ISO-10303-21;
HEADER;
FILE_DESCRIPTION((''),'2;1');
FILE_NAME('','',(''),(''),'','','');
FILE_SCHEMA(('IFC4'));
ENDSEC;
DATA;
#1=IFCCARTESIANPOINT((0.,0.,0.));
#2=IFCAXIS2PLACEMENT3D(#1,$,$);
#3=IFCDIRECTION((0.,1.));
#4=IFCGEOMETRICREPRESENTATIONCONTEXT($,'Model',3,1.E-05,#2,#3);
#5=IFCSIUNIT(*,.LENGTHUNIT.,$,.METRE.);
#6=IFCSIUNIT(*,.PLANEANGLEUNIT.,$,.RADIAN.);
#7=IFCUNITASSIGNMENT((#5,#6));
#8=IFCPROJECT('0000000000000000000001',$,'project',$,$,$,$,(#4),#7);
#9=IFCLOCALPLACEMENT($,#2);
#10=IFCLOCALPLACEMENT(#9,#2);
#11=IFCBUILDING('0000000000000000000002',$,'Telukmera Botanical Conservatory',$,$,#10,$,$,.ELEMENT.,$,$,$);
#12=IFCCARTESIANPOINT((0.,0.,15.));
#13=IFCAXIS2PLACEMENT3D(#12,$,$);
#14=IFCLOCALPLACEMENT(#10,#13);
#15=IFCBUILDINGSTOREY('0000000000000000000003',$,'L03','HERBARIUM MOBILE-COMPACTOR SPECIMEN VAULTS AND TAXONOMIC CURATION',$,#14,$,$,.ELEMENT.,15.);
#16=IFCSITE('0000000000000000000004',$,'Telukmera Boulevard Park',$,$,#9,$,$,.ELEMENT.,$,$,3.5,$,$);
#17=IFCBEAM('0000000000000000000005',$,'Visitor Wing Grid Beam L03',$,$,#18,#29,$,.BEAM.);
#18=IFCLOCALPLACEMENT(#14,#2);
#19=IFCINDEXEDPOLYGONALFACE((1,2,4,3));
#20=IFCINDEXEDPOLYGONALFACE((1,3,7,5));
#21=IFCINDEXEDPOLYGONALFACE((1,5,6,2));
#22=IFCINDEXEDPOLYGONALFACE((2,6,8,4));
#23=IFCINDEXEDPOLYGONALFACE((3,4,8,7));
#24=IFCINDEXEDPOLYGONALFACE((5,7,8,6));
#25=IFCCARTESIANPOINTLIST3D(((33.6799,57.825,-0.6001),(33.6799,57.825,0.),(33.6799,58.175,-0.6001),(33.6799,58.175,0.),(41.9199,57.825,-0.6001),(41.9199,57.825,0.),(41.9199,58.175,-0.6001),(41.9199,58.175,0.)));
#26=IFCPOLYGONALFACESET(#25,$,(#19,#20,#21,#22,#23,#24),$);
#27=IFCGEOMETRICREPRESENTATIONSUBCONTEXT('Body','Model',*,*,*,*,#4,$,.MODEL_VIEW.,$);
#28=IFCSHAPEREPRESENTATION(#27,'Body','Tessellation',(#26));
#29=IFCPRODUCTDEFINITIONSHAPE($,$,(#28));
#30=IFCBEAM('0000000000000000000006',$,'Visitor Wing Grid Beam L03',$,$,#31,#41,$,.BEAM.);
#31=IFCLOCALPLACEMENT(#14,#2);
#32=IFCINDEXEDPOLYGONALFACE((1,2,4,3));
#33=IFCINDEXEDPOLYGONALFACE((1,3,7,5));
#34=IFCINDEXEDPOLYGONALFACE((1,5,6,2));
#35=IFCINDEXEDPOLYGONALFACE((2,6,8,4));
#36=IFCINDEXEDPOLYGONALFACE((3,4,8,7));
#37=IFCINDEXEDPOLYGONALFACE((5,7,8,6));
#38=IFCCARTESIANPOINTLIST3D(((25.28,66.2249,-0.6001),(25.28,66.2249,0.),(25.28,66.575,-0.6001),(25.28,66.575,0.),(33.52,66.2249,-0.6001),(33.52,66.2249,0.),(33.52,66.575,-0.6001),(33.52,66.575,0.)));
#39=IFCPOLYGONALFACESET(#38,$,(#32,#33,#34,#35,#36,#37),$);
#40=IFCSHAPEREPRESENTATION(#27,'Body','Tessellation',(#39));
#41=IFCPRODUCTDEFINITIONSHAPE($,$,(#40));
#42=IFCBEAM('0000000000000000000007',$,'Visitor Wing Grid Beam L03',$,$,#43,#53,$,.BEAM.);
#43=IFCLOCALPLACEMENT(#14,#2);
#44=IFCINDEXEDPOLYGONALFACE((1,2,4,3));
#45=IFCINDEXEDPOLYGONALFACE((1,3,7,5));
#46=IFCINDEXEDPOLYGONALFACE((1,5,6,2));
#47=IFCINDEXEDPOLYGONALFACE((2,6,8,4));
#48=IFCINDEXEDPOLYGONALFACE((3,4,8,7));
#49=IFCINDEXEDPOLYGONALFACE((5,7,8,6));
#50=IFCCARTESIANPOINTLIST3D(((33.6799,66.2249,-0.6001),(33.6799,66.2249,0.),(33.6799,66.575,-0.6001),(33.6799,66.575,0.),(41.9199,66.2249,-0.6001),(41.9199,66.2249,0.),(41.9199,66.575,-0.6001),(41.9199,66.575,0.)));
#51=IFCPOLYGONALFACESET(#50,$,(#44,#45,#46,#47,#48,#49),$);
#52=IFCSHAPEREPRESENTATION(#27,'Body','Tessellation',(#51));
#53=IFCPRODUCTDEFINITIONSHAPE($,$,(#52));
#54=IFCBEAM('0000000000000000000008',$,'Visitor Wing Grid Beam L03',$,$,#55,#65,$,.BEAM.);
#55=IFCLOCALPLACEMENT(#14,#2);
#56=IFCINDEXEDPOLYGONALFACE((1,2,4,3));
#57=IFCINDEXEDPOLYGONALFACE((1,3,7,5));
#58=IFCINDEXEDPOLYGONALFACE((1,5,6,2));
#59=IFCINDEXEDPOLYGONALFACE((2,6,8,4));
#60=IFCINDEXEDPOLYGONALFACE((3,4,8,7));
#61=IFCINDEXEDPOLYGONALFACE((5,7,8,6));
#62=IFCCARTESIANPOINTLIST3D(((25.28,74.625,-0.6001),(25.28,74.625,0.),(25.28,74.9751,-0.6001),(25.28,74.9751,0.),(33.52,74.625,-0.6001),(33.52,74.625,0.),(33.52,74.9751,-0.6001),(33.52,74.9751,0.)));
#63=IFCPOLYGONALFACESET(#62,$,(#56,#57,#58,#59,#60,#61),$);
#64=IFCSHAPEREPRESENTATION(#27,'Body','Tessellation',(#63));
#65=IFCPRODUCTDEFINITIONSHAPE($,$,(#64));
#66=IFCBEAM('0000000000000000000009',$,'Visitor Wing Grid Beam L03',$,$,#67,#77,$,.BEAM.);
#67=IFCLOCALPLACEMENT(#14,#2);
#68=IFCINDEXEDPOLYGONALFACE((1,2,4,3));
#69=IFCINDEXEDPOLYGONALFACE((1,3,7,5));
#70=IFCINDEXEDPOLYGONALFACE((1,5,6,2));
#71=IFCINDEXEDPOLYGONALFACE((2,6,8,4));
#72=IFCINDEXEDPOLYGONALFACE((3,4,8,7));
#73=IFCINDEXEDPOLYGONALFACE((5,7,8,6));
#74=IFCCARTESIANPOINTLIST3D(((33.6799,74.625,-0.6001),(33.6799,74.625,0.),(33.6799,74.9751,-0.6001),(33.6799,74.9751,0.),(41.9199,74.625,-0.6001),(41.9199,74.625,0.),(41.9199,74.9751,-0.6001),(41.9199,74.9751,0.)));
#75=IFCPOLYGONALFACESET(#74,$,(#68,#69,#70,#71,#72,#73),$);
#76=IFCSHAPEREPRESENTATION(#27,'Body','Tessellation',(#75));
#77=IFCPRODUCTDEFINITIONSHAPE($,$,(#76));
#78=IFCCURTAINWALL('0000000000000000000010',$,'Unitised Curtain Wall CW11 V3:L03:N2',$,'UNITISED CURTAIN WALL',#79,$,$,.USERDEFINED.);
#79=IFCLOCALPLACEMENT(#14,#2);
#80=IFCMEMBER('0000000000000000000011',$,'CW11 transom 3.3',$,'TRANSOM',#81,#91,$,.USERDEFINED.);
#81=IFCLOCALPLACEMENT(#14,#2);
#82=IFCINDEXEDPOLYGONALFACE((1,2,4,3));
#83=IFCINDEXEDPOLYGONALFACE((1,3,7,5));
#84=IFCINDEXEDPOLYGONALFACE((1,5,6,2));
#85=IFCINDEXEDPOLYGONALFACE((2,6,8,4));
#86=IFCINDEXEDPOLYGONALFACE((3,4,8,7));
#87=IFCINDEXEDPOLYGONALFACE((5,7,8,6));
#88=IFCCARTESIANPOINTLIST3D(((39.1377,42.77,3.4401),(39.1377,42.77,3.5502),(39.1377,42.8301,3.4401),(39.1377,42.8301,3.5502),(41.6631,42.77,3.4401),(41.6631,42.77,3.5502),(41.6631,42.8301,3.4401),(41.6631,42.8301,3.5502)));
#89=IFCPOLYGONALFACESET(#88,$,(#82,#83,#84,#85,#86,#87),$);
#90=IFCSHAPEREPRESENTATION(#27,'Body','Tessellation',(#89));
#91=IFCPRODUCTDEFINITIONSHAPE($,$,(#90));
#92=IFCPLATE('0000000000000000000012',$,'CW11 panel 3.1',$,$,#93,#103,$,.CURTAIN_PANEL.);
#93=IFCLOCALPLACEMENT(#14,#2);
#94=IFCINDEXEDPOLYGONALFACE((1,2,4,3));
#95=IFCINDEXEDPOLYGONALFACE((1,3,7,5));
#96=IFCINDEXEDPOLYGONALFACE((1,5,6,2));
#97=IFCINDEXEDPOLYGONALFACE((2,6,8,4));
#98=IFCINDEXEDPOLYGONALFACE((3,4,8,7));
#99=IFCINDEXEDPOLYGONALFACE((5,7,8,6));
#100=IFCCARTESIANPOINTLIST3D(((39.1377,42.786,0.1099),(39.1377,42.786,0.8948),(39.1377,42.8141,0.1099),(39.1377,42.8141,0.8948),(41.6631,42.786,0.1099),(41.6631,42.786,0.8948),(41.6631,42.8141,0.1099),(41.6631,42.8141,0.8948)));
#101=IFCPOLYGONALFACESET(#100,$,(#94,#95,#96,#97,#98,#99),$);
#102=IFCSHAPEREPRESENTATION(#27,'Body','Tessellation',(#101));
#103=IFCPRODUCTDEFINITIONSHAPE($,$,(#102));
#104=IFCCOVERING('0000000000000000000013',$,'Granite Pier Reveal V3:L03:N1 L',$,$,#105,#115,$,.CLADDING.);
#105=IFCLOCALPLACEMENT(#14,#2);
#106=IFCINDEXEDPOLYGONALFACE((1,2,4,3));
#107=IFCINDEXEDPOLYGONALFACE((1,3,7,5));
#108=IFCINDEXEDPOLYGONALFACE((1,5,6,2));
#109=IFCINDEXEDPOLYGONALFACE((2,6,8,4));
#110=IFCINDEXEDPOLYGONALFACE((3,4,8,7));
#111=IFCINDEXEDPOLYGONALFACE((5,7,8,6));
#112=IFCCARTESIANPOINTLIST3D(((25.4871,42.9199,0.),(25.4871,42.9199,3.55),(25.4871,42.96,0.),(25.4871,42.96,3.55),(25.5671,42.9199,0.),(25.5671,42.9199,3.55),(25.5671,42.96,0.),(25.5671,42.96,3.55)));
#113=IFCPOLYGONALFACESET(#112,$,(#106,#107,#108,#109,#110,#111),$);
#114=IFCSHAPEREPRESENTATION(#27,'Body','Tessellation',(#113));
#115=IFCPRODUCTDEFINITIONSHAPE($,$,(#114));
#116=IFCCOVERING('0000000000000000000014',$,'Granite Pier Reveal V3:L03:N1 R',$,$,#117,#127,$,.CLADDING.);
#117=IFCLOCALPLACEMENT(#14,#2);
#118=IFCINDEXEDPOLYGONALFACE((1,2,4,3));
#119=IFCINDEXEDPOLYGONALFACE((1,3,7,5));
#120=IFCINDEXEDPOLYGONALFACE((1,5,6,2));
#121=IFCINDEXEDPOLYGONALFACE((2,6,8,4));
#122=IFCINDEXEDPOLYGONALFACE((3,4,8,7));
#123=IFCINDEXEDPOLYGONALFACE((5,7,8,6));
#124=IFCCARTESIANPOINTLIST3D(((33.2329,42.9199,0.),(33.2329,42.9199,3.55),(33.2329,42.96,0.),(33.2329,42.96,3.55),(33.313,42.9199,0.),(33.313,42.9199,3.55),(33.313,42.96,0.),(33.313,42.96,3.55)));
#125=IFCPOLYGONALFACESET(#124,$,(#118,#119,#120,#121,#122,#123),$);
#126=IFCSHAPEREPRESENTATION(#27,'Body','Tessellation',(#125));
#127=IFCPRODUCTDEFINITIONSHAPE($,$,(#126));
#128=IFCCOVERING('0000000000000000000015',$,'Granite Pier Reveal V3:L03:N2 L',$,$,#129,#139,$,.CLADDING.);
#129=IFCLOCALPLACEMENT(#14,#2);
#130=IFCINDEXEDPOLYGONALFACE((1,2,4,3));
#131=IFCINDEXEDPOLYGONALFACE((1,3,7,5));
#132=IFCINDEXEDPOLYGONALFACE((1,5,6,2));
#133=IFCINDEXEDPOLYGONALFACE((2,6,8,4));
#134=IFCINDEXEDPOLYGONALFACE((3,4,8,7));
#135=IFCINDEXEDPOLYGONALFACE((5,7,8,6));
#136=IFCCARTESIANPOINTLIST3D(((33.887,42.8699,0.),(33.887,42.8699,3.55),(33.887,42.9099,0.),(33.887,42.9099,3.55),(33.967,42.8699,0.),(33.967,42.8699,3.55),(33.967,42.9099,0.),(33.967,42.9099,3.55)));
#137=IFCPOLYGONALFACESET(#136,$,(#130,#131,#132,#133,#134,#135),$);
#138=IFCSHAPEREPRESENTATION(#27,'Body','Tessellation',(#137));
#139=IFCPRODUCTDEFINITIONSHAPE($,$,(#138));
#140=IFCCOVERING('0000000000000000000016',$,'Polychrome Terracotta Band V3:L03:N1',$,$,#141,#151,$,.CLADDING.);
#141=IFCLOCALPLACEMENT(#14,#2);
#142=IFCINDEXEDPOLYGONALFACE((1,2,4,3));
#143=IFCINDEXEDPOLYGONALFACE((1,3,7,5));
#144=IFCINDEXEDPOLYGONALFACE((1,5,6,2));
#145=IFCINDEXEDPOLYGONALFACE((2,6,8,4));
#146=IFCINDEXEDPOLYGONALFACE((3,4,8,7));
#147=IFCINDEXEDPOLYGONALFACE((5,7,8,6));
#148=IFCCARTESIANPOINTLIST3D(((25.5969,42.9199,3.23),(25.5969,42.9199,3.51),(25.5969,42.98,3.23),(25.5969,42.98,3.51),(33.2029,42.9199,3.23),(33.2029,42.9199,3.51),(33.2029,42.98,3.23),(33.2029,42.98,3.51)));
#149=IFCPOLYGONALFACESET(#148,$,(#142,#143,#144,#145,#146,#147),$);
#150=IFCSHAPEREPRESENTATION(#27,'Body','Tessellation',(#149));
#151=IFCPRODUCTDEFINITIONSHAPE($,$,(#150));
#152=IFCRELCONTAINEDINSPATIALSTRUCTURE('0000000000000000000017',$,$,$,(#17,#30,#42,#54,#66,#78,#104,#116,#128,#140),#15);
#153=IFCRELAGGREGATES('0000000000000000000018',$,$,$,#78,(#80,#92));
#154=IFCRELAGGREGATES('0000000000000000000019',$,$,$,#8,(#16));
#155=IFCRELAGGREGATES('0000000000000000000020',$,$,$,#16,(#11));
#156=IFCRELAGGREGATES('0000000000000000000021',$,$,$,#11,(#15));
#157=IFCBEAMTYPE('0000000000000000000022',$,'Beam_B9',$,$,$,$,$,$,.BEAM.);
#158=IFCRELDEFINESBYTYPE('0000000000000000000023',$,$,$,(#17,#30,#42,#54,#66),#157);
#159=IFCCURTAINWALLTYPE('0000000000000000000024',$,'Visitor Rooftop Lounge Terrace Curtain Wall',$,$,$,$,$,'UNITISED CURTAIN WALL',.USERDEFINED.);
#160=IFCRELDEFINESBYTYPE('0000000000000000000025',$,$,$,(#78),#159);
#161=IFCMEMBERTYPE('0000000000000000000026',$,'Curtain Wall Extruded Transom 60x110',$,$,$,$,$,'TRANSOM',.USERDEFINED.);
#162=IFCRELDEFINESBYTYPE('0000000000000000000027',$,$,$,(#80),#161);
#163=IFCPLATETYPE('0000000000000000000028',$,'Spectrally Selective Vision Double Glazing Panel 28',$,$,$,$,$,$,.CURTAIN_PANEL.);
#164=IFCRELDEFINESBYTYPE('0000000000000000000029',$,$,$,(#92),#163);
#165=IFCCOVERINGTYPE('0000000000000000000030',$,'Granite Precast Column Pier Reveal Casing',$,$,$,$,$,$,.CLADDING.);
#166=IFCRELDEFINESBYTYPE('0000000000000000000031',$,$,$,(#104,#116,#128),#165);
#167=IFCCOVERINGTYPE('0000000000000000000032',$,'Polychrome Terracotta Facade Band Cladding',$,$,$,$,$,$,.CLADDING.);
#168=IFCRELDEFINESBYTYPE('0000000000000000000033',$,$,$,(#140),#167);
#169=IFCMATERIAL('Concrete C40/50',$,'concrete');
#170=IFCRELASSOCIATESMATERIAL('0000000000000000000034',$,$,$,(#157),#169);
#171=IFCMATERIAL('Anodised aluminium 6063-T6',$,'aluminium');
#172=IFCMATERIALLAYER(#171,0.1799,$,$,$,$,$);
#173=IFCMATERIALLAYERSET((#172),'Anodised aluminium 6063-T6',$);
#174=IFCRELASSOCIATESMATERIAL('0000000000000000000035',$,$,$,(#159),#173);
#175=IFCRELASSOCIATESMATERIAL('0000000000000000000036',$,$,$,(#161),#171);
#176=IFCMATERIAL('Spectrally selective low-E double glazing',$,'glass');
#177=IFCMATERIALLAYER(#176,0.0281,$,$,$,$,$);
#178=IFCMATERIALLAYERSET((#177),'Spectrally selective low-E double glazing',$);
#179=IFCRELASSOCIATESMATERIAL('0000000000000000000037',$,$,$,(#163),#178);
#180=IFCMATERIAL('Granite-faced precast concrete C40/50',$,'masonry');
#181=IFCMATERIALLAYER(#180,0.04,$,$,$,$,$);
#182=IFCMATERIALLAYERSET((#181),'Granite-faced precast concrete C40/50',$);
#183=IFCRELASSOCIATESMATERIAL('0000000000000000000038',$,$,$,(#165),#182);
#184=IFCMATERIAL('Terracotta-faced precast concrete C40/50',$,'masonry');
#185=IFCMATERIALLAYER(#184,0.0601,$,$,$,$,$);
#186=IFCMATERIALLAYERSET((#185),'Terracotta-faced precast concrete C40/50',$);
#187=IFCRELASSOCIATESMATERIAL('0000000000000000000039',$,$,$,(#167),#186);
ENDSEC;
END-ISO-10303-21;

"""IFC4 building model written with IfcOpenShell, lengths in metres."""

from ifc_helpers import new_model, si_unit, direction, frame, origin, origin_2d, place, context, subcontext, project, spatial, rectangle, extrude, material, layer, layer_set, material_profile, profile_set, type_object, element, aggregate, save


model = new_model("IFC4")

# Units and contexts
model_context = context("Model", 3, precision=1e-05, world=origin(), true_north=direction((0.0, 1.0)))
body_context = subcontext(model_context, "Body", "Model", "MODEL_VIEW")
ifc_project = project(units=[si_unit("LENGTHUNIT", "METRE"), si_unit("PLANEANGLEUNIT", "RADIAN")], contexts=[model_context])

# Site, building, storey
site_placement = place(None, origin())
site = spatial("IfcSite", under=ifc_project, at=site_placement, Name="Telukmera Boulevard Park", CompositionType="ELEMENT", RefElevation=3.5)
building_placement = place(site_placement, origin())
building = spatial("IfcBuilding", under=site, at=building_placement, Name="Telukmera Botanical Conservatory", CompositionType="ELEMENT")
storey_placement = place(building_placement, frame((0.0, 0.0, 15.0)))
storey = spatial("IfcBuildingStorey", under=building, at=storey_placement, Name="L03", Description="HERBARIUM MOBILE-COMPACTOR SPECIMEN VAULTS AND TAXONOMIC CURATION", CompositionType="ELEMENT", Elevation=15.0)

# Beams
ifc_material_1 = material(Name="Concrete C40/50", Category="concrete")
ifc_material_profile_1 = material_profile(ifc_material_1, rectangle(XDim=0.3501, YDim=0.6001, at=origin_2d()), Name="RC 350x600")
ifc_profile_set_1 = profile_set([ifc_material_profile_1], Name="Concrete C40/50")
beam_type_1 = type_object("IfcBeamType", Name="Beam_B9", PredefinedType="BEAM", material=ifc_profile_set_1)
for number, where, z_axis, x_axis, name in (
    (1, (33.6799, 58.0, -0.3), (1.0, 0.0, 0.0), (0.0, 1.0, 0.0), "Visitor Wing Grid Beam L03"),
    (2, (25.28, 66.3999, -0.3), (1.0, 0.0, 0.0), (0.0, 1.0, 0.0), "Visitor Wing Grid Beam L03"),
    (3, (33.6799, 66.3999, -0.3), (1.0, 0.0, 0.0), (0.0, 1.0, 0.0), "Visitor Wing Grid Beam L03"),
    (4, (25.28, 74.8, -0.3), (1.0, 0.0, 0.0), (0.0, 1.0, 0.0), "Visitor Wing Grid Beam L03"),
    (5, (33.6799, 74.8, -0.3), (1.0, 0.0, 0.0), (0.0, 1.0, 0.0), "Visitor Wing Grid Beam L03"),
):
    element("IfcBeam", number, at=place(storey_placement, frame(where, z_axis=z_axis, x_axis=x_axis)), inside=storey, type_object=beam_type_1, Name=name, PredefinedType="BEAM", context=body_context, shape_type="SweptSolid", body=[
        extrude(rectangle(XDim=0.3501, YDim=0.6001, at=origin_2d()), origin(), (0.0, 0.0, 1.0), 8.24),
    ])

# Curtain wall, member, plate
ifc_material_2 = material(Name="Anodised aluminium 6063-T6", Category="aluminium")
ifc_layer_1 = layer(ifc_material_2, 0.1799)
ifc_layer_set_1 = layer_set([ifc_layer_1], Name="Anodised aluminium 6063-T6")
curtain_wall_type = type_object("IfcCurtainWallType", Name="Visitor Rooftop Lounge Terrace Curtain Wall", ElementType="UNITISED CURTAIN WALL", PredefinedType="USERDEFINED", material=ifc_layer_set_1)
curtain_wall_placement = place(storey_placement, origin())
curtain_wall = element("IfcCurtainWall", 6, at=curtain_wall_placement, inside=storey, type_object=curtain_wall_type, Name="Unitised Curtain Wall CW11 V3:L03:N2", ObjectType="UNITISED CURTAIN WALL", PredefinedType="USERDEFINED")
ifc_material_profile_2 = material_profile(ifc_material_2, rectangle(XDim=0.0601, YDim=0.1101, at=origin_2d()), Name="ALU TRAN 60x110")
ifc_profile_set_2 = profile_set([ifc_material_profile_2], Name="Anodised aluminium 6063-T6")
member_type = type_object("IfcMemberType", Name="Curtain Wall Extruded Transom 60x110", ElementType="TRANSOM", PredefinedType="USERDEFINED", material=ifc_profile_set_2)
member_placement = place(storey_placement, frame((39.1377, 42.8, 3.4951), z_axis=(1.0, 0.0, 0.0), x_axis=(0.0, 1.0, 0.0)))
member = element("IfcMember", 7, at=member_placement, type_object=member_type, Name="CW11 transom 3.3", ObjectType="TRANSOM", PredefinedType="USERDEFINED", context=body_context, shape_type="SweptSolid", body=[
    extrude(rectangle(XDim=0.0601, YDim=0.1101, at=origin_2d()), origin(), (0.0, 0.0, 1.0), 2.5254),
])
ifc_material_3 = material(Name="Spectrally selective low-E double glazing", Category="glass")
ifc_layer_2 = layer(ifc_material_3, 0.0281)
ifc_layer_set_2 = layer_set([ifc_layer_2], Name="Spectrally selective low-E double glazing")
plate_type = type_object("IfcPlateType", Name="Spectrally Selective Vision Double Glazing Panel 28", PredefinedType="CURTAIN_PANEL", material=ifc_layer_set_2)
plate_placement = place(storey_placement, frame((40.4004, 42.8, 0.1099), z_axis=(0.0, 0.0, 1.0), x_axis=(1.0, 0.0, 0.0)))
plate = element("IfcPlate", 8, at=plate_placement, type_object=plate_type, Name="CW11 panel 3.1", PredefinedType="CURTAIN_PANEL", context=body_context, shape_type="SweptSolid", body=[
    extrude(rectangle(XDim=2.5254, YDim=0.0281, at=origin_2d()), origin(), (0.0, 0.0, 1.0), 0.7849),
])
aggregate(curtain_wall, [member, plate])

# Coverings
ifc_material_4 = material(Name="Granite-faced precast concrete C40/50", Category="masonry")
ifc_layer_3 = layer(ifc_material_4, 0.04)
ifc_layer_set_3 = layer_set([ifc_layer_3], Name="Granite-faced precast concrete C40/50")
covering_type_1 = type_object("IfcCoveringType", Name="Granite Precast Column Pier Reveal Casing", PredefinedType="CLADDING", material=ifc_layer_set_3)
for number, where, z_axis, x_axis, name in (
    (9, (25.5271, 42.9399, 0.0), (0.0, 0.0, 1.0), (1.0, 0.0, 0.0), "Granite Pier Reveal V3:L03:N1 L"),
    (10, (33.2729, 42.9399, 0.0), (0.0, 0.0, 1.0), (1.0, 0.0, 0.0), "Granite Pier Reveal V3:L03:N1 R"),
    (11, (33.927, 42.8899, 0.0), (0.0, 0.0, 1.0), (1.0, 0.0, 0.0), "Granite Pier Reveal V3:L03:N2 L"),
):
    element("IfcCovering", number, at=place(storey_placement, frame(where, z_axis=z_axis, x_axis=x_axis)), inside=storey, type_object=covering_type_1, Name=name, PredefinedType="CLADDING", context=body_context, shape_type="SweptSolid", body=[
        extrude(rectangle(XDim=0.0801, YDim=0.04, at=origin_2d()), origin(), (0.0, 0.0, 1.0), 3.55),
    ])
ifc_material_5 = material(Name="Terracotta-faced precast concrete C40/50", Category="masonry")
ifc_layer_4 = layer(ifc_material_5, 0.0601)
ifc_layer_set_4 = layer_set([ifc_layer_4], Name="Terracotta-faced precast concrete C40/50")
covering_type_2 = type_object("IfcCoveringType", Name="Polychrome Terracotta Facade Band Cladding", PredefinedType="CLADDING", material=ifc_layer_set_4)
covering_placement = place(storey_placement, frame((29.3999, 42.95, 3.23), z_axis=(0.0, 0.0, 1.0), x_axis=(1.0, 0.0, 0.0)))
element("IfcCovering", 12, at=covering_placement, inside=storey, type_object=covering_type_2, Name="Polychrome Terracotta Band V3:L03:N1", PredefinedType="CLADDING", context=body_context, shape_type="SweptSolid", body=[
    extrude(rectangle(XDim=7.606, YDim=0.0601, at=origin_2d()), origin(), (0.0, 0.0, 1.0), 0.28),
])

save(model, "model.ifc")
